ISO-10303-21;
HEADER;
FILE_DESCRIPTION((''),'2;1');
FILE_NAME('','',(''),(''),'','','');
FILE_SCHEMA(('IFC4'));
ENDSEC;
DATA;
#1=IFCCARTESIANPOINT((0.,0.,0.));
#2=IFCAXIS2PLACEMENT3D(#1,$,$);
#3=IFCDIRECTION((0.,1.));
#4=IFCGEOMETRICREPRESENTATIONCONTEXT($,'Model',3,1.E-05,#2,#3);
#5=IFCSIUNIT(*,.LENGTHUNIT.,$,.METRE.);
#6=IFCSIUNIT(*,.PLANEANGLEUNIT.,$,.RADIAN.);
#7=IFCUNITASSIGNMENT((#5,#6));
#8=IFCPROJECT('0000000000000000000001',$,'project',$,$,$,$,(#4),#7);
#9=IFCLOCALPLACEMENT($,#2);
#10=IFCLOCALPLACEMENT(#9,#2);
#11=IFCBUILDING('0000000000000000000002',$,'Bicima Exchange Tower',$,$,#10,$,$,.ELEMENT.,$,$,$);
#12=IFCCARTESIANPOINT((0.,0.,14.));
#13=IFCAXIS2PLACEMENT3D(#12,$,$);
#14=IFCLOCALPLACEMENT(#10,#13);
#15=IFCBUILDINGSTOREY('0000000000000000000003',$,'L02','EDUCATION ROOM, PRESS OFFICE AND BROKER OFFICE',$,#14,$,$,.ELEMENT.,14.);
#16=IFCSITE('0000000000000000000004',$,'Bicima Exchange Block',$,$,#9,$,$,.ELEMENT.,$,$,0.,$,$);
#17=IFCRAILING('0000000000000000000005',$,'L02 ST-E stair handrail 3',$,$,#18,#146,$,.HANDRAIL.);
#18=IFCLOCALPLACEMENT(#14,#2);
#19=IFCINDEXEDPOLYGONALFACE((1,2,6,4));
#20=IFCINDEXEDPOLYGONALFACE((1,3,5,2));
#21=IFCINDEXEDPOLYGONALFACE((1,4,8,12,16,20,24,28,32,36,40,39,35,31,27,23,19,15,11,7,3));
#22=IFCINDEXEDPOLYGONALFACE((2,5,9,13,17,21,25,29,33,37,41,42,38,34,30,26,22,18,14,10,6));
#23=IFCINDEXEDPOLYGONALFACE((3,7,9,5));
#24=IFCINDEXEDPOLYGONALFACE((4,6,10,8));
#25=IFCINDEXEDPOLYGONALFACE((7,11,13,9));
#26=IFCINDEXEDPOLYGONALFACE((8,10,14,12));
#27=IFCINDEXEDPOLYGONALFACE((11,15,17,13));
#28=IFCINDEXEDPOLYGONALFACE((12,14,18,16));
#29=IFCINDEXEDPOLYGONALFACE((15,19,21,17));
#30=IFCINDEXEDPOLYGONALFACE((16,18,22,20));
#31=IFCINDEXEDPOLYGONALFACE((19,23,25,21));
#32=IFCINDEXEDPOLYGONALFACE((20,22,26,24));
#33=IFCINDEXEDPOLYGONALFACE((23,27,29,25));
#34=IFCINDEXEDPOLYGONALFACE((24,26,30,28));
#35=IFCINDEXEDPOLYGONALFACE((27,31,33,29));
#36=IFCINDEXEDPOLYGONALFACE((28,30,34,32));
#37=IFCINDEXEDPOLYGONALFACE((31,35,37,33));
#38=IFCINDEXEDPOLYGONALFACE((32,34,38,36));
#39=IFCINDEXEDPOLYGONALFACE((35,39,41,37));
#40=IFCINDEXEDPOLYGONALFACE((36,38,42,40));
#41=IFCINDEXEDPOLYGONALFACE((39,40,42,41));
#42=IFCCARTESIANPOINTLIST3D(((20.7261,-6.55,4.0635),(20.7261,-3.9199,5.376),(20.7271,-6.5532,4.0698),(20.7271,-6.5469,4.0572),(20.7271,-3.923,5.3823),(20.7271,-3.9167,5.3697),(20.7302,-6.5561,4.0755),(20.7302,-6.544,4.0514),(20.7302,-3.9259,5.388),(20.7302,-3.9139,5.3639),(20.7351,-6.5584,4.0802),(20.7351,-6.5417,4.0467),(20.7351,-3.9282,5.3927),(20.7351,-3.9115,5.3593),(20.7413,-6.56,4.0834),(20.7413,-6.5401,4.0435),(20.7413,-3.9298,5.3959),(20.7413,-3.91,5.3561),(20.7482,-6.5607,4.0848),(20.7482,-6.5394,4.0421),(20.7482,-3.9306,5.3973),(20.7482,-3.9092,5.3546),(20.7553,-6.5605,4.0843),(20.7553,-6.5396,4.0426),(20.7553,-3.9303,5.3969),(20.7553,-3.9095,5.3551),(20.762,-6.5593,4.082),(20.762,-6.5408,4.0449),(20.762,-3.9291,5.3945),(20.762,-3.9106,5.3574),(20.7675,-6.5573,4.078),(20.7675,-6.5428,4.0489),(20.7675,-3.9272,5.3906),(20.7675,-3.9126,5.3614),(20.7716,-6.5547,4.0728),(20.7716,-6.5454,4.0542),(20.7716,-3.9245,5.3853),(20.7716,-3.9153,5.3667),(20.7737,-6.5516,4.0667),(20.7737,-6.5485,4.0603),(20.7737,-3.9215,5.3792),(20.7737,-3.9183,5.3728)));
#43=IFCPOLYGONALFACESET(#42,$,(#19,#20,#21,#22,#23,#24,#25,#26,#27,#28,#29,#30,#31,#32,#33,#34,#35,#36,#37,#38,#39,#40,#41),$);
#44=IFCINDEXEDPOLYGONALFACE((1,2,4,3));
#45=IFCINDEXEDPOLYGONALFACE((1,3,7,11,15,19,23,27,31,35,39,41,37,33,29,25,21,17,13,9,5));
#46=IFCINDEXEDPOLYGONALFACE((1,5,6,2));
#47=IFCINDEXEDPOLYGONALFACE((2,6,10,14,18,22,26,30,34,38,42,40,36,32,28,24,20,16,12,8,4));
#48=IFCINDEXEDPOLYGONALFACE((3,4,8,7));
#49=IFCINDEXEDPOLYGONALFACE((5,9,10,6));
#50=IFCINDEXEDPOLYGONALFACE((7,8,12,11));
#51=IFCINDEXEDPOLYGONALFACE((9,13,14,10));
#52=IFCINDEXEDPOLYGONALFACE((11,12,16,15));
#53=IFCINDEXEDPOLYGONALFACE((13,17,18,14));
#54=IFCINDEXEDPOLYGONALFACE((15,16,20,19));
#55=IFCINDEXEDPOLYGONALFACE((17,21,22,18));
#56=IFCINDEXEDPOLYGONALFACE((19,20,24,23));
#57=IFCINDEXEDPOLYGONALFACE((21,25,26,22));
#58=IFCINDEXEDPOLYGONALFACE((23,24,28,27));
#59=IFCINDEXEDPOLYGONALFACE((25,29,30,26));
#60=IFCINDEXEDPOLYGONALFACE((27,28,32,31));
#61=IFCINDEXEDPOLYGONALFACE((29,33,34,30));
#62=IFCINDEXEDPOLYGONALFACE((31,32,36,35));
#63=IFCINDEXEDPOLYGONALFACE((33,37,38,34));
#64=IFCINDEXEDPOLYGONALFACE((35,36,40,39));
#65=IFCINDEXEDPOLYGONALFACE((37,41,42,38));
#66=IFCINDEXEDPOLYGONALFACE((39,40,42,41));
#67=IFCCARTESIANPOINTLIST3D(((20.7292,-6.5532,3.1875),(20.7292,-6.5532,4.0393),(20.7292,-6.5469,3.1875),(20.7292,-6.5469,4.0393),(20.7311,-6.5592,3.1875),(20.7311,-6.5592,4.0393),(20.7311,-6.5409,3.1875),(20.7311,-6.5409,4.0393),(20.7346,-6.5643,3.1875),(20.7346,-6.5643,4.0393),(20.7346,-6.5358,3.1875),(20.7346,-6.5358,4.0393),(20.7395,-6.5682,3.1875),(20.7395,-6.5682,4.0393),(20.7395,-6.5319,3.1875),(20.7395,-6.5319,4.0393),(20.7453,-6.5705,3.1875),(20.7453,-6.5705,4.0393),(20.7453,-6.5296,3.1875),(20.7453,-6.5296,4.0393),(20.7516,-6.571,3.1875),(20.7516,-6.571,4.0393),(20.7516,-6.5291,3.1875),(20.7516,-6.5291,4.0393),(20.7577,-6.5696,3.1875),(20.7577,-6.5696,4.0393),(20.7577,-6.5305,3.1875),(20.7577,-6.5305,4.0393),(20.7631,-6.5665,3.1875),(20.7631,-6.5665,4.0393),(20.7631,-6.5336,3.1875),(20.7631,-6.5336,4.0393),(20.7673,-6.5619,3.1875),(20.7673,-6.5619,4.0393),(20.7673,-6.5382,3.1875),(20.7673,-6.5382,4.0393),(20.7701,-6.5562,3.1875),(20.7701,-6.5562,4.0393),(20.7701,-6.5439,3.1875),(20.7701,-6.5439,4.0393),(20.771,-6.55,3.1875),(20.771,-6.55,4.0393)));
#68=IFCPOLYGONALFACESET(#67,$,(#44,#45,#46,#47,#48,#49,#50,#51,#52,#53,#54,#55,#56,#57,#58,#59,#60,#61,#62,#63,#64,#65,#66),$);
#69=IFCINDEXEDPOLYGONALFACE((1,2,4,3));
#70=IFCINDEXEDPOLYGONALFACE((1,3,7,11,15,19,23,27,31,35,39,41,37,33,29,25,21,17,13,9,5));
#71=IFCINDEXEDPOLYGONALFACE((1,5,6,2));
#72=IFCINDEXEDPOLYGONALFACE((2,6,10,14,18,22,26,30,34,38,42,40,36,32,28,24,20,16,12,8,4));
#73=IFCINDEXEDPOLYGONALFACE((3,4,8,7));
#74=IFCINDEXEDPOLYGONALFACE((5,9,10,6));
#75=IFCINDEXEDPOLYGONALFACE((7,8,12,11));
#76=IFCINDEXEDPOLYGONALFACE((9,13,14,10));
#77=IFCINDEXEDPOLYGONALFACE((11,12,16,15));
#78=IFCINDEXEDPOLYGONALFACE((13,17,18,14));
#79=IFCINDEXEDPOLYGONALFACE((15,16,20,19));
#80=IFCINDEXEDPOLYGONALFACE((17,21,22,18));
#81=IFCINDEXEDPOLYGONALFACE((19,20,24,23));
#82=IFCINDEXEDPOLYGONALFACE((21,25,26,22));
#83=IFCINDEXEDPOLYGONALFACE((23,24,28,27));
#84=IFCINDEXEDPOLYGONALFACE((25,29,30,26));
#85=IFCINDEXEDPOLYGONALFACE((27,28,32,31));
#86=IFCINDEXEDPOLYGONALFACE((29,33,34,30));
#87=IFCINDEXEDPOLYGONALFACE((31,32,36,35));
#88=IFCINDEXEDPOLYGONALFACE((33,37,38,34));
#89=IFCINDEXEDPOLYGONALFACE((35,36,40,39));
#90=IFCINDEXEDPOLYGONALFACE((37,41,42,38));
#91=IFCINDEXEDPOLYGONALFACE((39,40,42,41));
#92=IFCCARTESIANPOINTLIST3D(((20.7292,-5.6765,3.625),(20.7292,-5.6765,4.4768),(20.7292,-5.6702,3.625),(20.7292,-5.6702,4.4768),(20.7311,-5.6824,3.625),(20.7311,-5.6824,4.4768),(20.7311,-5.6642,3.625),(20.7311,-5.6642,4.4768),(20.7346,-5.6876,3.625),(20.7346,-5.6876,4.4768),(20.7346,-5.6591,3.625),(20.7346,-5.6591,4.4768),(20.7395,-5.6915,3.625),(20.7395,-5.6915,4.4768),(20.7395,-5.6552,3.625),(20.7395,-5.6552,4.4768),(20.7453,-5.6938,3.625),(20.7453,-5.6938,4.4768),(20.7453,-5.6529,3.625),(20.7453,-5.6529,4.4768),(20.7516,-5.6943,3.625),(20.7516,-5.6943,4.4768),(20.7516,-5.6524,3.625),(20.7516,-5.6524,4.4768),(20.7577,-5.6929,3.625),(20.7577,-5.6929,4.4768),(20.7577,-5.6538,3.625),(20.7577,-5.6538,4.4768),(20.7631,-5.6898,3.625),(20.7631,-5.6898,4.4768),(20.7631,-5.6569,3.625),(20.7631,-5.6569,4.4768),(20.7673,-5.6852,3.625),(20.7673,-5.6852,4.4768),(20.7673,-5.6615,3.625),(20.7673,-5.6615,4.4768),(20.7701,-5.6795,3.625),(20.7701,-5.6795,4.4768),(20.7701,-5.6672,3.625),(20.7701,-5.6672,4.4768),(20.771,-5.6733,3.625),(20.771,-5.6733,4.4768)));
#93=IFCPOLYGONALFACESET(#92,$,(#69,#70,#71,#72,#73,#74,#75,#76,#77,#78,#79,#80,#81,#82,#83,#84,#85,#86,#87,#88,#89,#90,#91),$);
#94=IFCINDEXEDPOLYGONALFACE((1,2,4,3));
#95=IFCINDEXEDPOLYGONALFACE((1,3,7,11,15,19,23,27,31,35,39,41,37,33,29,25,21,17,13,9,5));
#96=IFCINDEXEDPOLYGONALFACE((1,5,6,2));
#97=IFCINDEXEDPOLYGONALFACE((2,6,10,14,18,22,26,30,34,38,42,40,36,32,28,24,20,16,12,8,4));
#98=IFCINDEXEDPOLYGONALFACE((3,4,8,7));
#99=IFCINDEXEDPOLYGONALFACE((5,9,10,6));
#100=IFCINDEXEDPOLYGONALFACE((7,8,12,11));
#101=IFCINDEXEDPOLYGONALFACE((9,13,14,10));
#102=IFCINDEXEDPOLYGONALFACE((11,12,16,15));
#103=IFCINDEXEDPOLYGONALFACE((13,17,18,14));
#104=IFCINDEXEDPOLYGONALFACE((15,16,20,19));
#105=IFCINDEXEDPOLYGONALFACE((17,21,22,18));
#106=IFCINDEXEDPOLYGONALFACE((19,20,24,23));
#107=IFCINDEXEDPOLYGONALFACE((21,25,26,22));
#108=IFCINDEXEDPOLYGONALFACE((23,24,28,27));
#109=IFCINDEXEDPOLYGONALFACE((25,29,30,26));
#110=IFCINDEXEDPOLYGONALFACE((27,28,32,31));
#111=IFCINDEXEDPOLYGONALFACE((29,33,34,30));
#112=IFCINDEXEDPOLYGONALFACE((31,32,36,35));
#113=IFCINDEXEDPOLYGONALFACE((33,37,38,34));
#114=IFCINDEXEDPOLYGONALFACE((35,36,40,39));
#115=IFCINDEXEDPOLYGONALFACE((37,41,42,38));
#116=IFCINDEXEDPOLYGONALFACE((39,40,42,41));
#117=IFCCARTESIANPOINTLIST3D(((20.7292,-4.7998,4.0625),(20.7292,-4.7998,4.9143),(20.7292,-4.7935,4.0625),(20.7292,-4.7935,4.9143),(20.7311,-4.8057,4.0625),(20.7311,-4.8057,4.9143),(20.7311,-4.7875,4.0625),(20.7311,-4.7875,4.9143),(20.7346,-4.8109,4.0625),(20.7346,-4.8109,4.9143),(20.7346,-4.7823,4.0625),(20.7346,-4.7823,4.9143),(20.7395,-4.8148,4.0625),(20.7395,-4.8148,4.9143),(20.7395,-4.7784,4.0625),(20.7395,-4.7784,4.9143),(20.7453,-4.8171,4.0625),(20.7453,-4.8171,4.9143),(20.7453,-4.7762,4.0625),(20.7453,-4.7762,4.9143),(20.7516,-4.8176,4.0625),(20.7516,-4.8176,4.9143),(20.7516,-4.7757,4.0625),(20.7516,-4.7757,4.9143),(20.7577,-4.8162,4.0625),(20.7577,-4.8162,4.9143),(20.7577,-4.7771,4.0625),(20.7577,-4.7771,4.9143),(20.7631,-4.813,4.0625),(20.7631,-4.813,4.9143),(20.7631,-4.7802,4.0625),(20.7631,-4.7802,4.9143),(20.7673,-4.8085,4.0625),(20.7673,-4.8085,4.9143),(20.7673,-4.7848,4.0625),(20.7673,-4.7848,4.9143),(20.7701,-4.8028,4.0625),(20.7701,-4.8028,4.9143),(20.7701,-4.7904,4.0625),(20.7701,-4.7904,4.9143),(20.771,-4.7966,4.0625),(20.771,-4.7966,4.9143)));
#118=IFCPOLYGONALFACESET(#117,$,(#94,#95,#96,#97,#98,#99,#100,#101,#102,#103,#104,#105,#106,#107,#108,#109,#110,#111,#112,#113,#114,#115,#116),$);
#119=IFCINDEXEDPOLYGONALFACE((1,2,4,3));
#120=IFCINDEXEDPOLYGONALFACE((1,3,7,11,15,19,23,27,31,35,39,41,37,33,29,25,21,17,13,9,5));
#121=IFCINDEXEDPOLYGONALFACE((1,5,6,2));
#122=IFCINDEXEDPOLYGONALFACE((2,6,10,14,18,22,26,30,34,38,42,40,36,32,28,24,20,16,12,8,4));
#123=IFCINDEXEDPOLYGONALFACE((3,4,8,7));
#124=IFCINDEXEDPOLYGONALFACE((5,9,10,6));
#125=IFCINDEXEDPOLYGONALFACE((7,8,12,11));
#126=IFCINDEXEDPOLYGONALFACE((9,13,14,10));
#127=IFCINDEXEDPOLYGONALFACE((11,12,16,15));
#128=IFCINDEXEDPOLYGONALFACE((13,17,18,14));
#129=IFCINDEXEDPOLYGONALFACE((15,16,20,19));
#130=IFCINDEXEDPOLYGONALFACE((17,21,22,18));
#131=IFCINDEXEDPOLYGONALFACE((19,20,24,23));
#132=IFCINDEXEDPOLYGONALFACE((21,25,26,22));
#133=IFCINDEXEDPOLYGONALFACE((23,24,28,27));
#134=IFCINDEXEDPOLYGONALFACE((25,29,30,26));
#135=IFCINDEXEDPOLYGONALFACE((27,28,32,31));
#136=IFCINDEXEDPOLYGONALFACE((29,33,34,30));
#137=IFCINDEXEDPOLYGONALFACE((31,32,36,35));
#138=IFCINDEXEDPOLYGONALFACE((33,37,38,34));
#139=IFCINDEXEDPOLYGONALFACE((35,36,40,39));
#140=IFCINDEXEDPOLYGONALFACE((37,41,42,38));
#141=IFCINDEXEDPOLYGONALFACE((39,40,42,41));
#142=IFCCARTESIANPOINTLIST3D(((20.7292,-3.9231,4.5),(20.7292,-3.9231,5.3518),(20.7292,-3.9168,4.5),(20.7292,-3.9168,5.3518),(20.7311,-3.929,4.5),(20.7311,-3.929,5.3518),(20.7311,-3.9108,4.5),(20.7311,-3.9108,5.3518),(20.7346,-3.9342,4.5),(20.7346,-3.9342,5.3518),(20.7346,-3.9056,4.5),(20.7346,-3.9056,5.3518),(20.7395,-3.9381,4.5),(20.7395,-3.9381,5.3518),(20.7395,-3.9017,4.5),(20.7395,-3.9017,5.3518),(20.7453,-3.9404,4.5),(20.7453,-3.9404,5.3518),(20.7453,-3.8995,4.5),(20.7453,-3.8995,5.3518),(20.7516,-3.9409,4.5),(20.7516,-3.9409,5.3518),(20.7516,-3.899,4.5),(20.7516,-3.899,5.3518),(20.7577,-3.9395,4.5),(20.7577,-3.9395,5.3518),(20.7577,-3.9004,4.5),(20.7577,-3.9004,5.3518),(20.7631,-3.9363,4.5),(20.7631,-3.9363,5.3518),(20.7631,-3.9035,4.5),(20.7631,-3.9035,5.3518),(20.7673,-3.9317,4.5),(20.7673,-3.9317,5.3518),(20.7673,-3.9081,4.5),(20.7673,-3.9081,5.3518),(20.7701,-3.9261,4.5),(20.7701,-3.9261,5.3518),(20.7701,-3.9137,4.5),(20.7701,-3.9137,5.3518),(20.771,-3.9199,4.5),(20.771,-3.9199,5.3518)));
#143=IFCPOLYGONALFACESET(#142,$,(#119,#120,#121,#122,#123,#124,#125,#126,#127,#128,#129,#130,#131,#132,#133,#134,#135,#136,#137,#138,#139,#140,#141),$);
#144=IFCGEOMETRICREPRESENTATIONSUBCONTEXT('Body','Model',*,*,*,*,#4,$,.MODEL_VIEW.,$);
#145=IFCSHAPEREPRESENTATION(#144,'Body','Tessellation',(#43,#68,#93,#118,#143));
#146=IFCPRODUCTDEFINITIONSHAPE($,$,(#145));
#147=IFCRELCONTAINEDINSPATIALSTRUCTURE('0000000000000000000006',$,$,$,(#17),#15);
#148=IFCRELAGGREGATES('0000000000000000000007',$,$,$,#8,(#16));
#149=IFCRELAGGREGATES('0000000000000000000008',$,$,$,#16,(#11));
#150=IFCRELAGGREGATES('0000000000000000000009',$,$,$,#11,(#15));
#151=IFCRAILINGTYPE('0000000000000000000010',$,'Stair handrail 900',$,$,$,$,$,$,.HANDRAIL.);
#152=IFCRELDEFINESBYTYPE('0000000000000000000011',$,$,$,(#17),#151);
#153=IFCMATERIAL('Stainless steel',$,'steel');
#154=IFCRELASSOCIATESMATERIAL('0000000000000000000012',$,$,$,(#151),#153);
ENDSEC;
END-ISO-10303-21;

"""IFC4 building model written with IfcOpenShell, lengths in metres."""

from ifc_helpers import new_model, si_unit, direction, frame, origin, origin_2d, place, context, subcontext, project, spatial, circle, extrude, material, type_object, element, save


model = new_model("IFC4")

# Units and contexts
model_context = context("Model", 3, precision=1e-05, world=origin(), true_north=direction((0.0, 1.0)))
body_context = subcontext(model_context, "Body", "Model", "MODEL_VIEW")
ifc_project = project(units=[si_unit("LENGTHUNIT", "METRE"), si_unit("PLANEANGLEUNIT", "RADIAN")], contexts=[model_context])

# Site, building, storey
site_placement = place(None, origin())
site = spatial("IfcSite", under=ifc_project, at=site_placement, Name="Bicima Exchange Block", CompositionType="ELEMENT", RefElevation=0.0)
building_placement = place(site_placement, origin())
building = spatial("IfcBuilding", under=site, at=building_placement, Name="Bicima Exchange Tower", CompositionType="ELEMENT")
storey_placement = place(building_placement, frame((0.0, 0.0, 14.0)))
storey = spatial("IfcBuildingStorey", under=building, at=storey_placement, Name="L02", Description="EDUCATION ROOM, PRESS OFFICE AND BROKER OFFICE", CompositionType="ELEMENT", Elevation=14.0)

# Railing
ifc_material_1 = material(Name="Stainless steel", Category="steel")
railing_type_1 = type_object("IfcRailingType", Name="Stair handrail 900", PredefinedType="HANDRAIL", material=ifc_material_1)
railing_1_placement = place(storey_placement, frame((20.75, -6.55, 3.1875)))
element("IfcRailing", 1, at=railing_1_placement, inside=storey, type_object=railing_type_1, Name="L02 ST-E stair handrail 3", PredefinedType="HANDRAIL", context=body_context, shape_type="SweptSolid", body=[
    extrude(circle(Radius=0.0239, at=origin_2d()), frame((0.0, 0.0, 0.876), z_axis=(0.0, 0.894776, 0.446516), x_axis=(-1.0, 0.0, 0.0)), (0.0, 0.0, 1.0), 2.9395),
    extrude(circle(Radius=0.021, at=origin_2d()), origin(), (0.0, 0.0, 1.0), 0.8518),
    extrude(circle(Radius=0.021, at=origin_2d()), frame((0.0, 0.8767, 0.4375)), (0.0, 0.0, 1.0), 0.8518),
    extrude(circle(Radius=0.021, at=origin_2d()), frame((0.0, 1.7534, 0.875)), (0.0, 0.0, 1.0), 0.8518),
    extrude(circle(Radius=0.021, at=origin_2d()), frame((0.0, 2.6301, 1.3125)), (0.0, 0.0, 1.0), 0.8518),
])

save(model, "model.ifc")
